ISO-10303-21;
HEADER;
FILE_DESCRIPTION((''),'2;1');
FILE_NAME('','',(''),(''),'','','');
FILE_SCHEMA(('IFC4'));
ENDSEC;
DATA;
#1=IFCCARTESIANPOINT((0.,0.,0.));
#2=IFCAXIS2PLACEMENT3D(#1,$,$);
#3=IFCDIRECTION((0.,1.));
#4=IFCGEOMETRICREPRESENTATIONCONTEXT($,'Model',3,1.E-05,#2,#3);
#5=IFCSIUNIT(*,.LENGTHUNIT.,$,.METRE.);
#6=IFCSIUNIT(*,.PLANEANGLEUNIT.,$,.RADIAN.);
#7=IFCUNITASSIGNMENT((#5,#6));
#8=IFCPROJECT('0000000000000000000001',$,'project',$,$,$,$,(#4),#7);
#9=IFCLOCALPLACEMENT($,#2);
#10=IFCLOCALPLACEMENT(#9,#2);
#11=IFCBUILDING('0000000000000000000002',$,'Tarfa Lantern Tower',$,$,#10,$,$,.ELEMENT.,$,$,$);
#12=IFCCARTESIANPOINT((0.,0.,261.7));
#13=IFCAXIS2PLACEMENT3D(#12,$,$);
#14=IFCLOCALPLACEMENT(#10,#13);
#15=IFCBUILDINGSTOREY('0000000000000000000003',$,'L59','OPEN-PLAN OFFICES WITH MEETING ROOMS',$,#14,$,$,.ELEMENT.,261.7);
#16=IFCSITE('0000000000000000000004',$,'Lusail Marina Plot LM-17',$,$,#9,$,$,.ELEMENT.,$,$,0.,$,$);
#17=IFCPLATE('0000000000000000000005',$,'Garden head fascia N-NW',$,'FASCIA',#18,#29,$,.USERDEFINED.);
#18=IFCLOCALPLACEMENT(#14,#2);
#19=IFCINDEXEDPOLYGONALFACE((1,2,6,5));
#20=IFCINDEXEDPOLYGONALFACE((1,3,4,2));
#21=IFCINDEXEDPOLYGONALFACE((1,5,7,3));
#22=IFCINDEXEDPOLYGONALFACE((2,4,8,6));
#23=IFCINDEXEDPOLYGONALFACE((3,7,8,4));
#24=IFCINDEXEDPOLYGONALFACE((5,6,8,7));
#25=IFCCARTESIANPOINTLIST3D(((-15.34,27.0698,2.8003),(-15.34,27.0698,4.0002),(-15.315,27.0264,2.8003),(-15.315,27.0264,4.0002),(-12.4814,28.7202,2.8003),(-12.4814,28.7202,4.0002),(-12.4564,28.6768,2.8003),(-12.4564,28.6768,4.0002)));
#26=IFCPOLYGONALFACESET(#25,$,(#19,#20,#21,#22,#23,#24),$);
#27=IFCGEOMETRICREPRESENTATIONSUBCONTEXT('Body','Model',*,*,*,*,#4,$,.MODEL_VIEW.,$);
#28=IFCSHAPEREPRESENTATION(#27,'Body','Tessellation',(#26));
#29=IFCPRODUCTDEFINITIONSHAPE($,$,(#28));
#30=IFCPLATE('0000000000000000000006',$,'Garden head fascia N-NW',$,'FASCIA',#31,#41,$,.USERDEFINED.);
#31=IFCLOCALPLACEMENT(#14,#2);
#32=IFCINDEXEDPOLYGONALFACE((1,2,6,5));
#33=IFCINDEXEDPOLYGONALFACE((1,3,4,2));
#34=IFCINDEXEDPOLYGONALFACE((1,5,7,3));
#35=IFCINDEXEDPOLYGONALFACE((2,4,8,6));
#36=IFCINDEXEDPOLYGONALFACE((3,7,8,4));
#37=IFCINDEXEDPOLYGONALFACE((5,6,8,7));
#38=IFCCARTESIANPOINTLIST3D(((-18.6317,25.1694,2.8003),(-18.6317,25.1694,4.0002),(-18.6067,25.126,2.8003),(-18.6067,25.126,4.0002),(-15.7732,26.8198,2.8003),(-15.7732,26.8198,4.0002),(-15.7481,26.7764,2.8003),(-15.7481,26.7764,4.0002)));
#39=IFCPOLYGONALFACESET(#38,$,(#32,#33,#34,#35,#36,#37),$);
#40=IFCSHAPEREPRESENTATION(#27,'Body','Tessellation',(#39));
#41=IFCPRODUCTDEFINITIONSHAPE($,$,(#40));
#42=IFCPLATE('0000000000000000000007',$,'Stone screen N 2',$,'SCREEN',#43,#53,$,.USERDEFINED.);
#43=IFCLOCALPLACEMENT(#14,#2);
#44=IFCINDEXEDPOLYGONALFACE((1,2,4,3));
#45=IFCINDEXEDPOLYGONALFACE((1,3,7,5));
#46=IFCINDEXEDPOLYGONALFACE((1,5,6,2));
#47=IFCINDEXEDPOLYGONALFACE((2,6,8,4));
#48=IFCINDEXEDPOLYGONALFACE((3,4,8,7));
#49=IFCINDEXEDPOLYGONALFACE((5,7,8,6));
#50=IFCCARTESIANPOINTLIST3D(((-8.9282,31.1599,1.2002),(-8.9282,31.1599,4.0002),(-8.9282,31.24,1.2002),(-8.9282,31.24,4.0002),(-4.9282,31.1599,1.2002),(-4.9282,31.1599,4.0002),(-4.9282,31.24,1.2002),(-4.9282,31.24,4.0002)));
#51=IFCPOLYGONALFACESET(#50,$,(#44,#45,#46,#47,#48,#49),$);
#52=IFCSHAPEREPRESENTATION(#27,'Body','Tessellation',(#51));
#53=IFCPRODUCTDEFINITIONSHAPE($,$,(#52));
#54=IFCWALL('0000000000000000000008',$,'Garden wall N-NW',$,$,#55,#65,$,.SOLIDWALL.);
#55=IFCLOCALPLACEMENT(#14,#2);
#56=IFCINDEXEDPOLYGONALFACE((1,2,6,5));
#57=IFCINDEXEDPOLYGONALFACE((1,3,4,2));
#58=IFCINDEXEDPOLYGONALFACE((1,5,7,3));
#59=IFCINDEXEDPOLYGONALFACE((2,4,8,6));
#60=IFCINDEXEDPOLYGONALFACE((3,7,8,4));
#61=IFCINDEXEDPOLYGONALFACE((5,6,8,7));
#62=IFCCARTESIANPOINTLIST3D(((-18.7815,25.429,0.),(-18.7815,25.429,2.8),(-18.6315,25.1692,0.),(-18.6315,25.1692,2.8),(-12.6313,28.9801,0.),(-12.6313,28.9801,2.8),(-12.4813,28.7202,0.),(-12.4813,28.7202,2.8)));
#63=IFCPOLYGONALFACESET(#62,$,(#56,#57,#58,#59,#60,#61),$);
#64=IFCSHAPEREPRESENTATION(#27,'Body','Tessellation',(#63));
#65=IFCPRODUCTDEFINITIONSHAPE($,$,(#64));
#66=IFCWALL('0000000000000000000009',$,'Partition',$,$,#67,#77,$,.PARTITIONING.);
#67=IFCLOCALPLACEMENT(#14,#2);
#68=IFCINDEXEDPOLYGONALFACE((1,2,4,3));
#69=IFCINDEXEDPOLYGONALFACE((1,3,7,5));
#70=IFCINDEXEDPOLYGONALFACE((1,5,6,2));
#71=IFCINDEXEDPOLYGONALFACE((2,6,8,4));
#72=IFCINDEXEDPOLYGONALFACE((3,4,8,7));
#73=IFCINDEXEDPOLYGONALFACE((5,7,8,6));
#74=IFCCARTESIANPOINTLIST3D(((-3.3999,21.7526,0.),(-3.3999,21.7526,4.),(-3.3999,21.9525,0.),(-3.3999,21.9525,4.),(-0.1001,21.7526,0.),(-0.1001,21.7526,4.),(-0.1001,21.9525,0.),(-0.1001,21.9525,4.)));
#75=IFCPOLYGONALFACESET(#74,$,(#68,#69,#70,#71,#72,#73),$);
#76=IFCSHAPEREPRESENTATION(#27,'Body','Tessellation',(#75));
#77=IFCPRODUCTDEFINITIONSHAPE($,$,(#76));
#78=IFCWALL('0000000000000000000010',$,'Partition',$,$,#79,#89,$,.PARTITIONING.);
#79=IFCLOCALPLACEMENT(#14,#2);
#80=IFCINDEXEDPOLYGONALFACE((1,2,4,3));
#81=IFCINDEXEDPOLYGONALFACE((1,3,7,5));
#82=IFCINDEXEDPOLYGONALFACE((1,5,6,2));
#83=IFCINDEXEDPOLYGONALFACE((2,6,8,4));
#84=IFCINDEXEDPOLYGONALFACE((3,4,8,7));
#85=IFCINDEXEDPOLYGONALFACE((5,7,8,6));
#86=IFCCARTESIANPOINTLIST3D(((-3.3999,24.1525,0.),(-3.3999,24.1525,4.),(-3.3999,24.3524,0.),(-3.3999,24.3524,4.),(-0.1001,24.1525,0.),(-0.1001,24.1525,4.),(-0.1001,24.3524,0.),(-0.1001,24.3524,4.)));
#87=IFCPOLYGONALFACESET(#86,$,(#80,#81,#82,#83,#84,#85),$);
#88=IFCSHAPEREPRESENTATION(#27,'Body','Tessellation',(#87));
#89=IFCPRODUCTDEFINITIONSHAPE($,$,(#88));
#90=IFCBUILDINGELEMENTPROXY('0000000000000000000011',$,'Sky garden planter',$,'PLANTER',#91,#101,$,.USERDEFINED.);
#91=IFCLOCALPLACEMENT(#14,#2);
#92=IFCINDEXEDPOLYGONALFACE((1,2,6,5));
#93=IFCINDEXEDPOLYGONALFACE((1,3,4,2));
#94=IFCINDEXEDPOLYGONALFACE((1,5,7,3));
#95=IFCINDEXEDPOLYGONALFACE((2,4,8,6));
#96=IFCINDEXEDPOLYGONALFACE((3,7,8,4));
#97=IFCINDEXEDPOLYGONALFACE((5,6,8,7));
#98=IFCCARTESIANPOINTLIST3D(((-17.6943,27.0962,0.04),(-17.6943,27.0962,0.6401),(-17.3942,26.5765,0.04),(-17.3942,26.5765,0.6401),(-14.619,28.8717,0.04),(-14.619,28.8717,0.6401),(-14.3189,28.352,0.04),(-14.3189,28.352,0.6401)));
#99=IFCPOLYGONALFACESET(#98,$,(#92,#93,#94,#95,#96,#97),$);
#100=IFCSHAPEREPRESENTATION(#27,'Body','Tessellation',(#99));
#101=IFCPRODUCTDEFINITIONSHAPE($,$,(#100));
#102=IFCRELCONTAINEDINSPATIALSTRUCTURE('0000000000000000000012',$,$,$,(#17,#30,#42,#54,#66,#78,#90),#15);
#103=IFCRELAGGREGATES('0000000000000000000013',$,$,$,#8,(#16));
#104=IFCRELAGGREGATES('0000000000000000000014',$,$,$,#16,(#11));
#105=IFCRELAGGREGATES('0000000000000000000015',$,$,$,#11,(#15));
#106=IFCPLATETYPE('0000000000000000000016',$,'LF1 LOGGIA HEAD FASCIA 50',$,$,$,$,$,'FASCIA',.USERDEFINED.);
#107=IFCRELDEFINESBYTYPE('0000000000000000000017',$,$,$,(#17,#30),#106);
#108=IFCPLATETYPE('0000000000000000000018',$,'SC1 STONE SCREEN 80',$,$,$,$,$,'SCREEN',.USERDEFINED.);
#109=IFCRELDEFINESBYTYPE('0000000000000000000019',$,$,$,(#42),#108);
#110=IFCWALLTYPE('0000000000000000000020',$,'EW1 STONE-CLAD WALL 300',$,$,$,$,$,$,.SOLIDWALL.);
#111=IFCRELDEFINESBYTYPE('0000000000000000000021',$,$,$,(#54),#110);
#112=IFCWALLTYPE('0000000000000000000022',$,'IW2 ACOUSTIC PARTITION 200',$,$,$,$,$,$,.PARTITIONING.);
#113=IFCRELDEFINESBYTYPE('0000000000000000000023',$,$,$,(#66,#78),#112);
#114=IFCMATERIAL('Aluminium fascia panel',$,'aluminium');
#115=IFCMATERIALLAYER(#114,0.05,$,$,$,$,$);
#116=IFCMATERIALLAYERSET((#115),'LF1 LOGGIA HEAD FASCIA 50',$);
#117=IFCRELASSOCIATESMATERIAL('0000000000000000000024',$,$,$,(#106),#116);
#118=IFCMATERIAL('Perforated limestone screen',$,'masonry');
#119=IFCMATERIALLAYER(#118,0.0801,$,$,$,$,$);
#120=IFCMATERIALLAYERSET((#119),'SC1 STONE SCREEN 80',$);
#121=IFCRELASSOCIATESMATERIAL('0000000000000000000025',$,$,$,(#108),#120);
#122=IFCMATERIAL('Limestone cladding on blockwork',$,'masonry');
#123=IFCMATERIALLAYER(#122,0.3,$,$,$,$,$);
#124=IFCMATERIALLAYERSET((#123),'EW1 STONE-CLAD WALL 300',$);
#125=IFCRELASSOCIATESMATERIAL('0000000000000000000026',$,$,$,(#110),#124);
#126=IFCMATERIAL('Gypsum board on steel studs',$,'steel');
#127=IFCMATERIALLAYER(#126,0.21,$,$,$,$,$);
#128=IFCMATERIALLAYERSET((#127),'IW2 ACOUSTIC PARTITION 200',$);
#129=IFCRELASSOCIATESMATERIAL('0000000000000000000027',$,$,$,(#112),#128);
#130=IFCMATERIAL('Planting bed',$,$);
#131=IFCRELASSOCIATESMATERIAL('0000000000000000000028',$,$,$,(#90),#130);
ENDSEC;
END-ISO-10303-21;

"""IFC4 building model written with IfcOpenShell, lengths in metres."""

from ifc_helpers import new_model, si_unit, direction, frame, frame_2d, origin, origin_2d, place, context, subcontext, project, spatial, rectangle, extrude, material, layer, layer_set, type_object, element, save


model = new_model("IFC4")

# Units and contexts
model_context = context("Model", 3, precision=1e-05, world=origin(), true_north=direction((0.0, 1.0)))
body_context = subcontext(model_context, "Body", "Model", "MODEL_VIEW")
ifc_project = project(units=[si_unit("LENGTHUNIT", "METRE"), si_unit("PLANEANGLEUNIT", "RADIAN")], contexts=[model_context])

# Site, building, storey
site_placement = place(None, origin())
site = spatial("IfcSite", under=ifc_project, at=site_placement, Name="Lusail Marina Plot LM-17", CompositionType="ELEMENT", RefElevation=0.0)
building_placement = place(site_placement, origin())
building = spatial("IfcBuilding", under=site, at=building_placement, Name="Tarfa Lantern Tower", CompositionType="ELEMENT")
storey_placement = place(building_placement, frame((0.0, 0.0, 261.7)))
storey = spatial("IfcBuildingStorey", under=building, at=storey_placement, Name="L59", Description="OPEN-PLAN OFFICES WITH MEETING ROOMS", CompositionType="ELEMENT", Elevation=261.7)

# Plates
ifc_material_1 = material(Name="Aluminium fascia panel", Category="aluminium")
ifc_layer_1 = layer(ifc_material_1, 0.05)
ifc_layer_set_1 = layer_set([ifc_layer_1], Name="LF1 LOGGIA HEAD FASCIA 50")
plate_type_1 = type_object("IfcPlateType", Name="LF1 LOGGIA HEAD FASCIA 50", ElementType="FASCIA", PredefinedType="USERDEFINED", material=ifc_layer_set_1)
for number, where, z_axis, x_axis, name in (
    (1, (-13.8982, 27.8733, 2.8003), (0.0, 0.0, 1.0), (-0.866025, -0.5, 0.0), "Garden head fascia N-NW"),
    (2, (-17.1899, 25.9729, 2.8003), (0.0, 0.0, 1.0), (-0.866025, -0.5, 0.0), "Garden head fascia N-NW"),
):
    element("IfcPlate", number, at=place(storey_placement, frame(where, z_axis=z_axis, x_axis=x_axis)), inside=storey, type_object=plate_type_1, Name=name, ObjectType="FASCIA", PredefinedType="USERDEFINED", context=body_context, shape_type="SweptSolid", body=[
        extrude(rectangle(XDim=3.3008, YDim=0.05, at=origin_2d()), origin(), (0.0, 0.0, 1.0), 1.2),
    ])
ifc_material_2 = material(Name="Perforated limestone screen", Category="masonry")
ifc_layer_2 = layer(ifc_material_2, 0.0801)
ifc_layer_set_2 = layer_set([ifc_layer_2], Name="SC1 STONE SCREEN 80")
plate_type_2 = type_object("IfcPlateType", Name="SC1 STONE SCREEN 80", ElementType="SCREEN", PredefinedType="USERDEFINED", material=ifc_layer_set_2)
plate_placement = place(storey_placement, frame((-6.9282, 31.2, 1.2002), z_axis=(0.0, 0.0, 1.0), x_axis=(-1.0, 0.0, 0.0)))
element("IfcPlate", 3, at=plate_placement, inside=storey, type_object=plate_type_2, Name="Stone screen N 2", ObjectType="SCREEN", PredefinedType="USERDEFINED", context=body_context, shape_type="SweptSolid", body=[
    extrude(rectangle(XDim=4.0, YDim=0.0801, at=origin_2d()), origin(), (0.0, 0.0, 1.0), 2.8),
])

# Walls
ifc_material_3 = material(Name="Limestone cladding on blockwork", Category="masonry")
ifc_layer_3 = layer(ifc_material_3, 0.3)
ifc_layer_set_3 = layer_set([ifc_layer_3], Name="EW1 STONE-CLAD WALL 300")
wall_type_1 = type_object("IfcWallType", Name="EW1 STONE-CLAD WALL 300", PredefinedType="SOLIDWALL", material=ifc_layer_set_3)
wall_placement = place(storey_placement, frame((-12.5564, 28.8501, 0.0), z_axis=(0.0, 0.0, 1.0), x_axis=(-0.866011, -0.500025, 0.0)))
element("IfcWall", 4, at=wall_placement, inside=storey, type_object=wall_type_1, Name="Garden wall N-NW", PredefinedType="SOLIDWALL", context=body_context, shape_type="SweptSolid", body=[
    extrude(rectangle(XDim=7.1018, YDim=0.3, at=frame_2d((3.5508, 0.0))), origin(), (0.0, 0.0, 1.0), 2.8),
])
ifc_material_4 = material(Name="Gypsum board on steel studs", Category="steel")
ifc_layer_4 = layer(ifc_material_4, 0.21)
ifc_layer_set_4 = layer_set([ifc_layer_4], Name="IW2 ACOUSTIC PARTITION 200")
wall_type_2 = type_object("IfcWallType", Name="IW2 ACOUSTIC PARTITION 200", PredefinedType="PARTITIONING", material=ifc_layer_set_4)
for number, where, z_axis, x_axis, name in (
    (5, (-0.1001, 21.8525, 0.0), (0.0, 0.0, 1.0), (-1.0, 0.0, 0.0), "Partition"),
    (6, (-0.1001, 24.2524, 0.0), (0.0, 0.0, 1.0), (-1.0, 0.0, 0.0), "Partition"),
):
    element("IfcWall", number, at=place(storey_placement, frame(where, z_axis=z_axis, x_axis=x_axis)), inside=storey, type_object=wall_type_2, Name=name, PredefinedType="PARTITIONING", context=body_context, shape_type="SweptSolid", body=[
        extrude(rectangle(XDim=3.2998, YDim=0.2, at=frame_2d((1.6499, 0.0))), origin(), (0.0, 0.0, 1.0), 4.0),
    ])

# Building element proxy
ifc_material_5 = material(Name="Planting bed")
proxy_placement = place(storey_placement, frame((-16.0066, 27.7241, 0.04), z_axis=(0.0, 0.0, 1.0), x_axis=(-0.866025, -0.5, 0.0)))
element("IfcBuildingElementProxy", 7, at=proxy_placement, inside=storey, material=ifc_material_5, Name="Sky garden planter", ObjectType="PLANTER", PredefinedType="USERDEFINED", context=body_context, shape_type="SweptSolid", body=[
    extrude(rectangle(XDim=3.551, YDim=0.6001, at=origin_2d()), origin(), (0.0, 0.0, 1.0), 0.6001),
])

save(model, "model.ifc")
